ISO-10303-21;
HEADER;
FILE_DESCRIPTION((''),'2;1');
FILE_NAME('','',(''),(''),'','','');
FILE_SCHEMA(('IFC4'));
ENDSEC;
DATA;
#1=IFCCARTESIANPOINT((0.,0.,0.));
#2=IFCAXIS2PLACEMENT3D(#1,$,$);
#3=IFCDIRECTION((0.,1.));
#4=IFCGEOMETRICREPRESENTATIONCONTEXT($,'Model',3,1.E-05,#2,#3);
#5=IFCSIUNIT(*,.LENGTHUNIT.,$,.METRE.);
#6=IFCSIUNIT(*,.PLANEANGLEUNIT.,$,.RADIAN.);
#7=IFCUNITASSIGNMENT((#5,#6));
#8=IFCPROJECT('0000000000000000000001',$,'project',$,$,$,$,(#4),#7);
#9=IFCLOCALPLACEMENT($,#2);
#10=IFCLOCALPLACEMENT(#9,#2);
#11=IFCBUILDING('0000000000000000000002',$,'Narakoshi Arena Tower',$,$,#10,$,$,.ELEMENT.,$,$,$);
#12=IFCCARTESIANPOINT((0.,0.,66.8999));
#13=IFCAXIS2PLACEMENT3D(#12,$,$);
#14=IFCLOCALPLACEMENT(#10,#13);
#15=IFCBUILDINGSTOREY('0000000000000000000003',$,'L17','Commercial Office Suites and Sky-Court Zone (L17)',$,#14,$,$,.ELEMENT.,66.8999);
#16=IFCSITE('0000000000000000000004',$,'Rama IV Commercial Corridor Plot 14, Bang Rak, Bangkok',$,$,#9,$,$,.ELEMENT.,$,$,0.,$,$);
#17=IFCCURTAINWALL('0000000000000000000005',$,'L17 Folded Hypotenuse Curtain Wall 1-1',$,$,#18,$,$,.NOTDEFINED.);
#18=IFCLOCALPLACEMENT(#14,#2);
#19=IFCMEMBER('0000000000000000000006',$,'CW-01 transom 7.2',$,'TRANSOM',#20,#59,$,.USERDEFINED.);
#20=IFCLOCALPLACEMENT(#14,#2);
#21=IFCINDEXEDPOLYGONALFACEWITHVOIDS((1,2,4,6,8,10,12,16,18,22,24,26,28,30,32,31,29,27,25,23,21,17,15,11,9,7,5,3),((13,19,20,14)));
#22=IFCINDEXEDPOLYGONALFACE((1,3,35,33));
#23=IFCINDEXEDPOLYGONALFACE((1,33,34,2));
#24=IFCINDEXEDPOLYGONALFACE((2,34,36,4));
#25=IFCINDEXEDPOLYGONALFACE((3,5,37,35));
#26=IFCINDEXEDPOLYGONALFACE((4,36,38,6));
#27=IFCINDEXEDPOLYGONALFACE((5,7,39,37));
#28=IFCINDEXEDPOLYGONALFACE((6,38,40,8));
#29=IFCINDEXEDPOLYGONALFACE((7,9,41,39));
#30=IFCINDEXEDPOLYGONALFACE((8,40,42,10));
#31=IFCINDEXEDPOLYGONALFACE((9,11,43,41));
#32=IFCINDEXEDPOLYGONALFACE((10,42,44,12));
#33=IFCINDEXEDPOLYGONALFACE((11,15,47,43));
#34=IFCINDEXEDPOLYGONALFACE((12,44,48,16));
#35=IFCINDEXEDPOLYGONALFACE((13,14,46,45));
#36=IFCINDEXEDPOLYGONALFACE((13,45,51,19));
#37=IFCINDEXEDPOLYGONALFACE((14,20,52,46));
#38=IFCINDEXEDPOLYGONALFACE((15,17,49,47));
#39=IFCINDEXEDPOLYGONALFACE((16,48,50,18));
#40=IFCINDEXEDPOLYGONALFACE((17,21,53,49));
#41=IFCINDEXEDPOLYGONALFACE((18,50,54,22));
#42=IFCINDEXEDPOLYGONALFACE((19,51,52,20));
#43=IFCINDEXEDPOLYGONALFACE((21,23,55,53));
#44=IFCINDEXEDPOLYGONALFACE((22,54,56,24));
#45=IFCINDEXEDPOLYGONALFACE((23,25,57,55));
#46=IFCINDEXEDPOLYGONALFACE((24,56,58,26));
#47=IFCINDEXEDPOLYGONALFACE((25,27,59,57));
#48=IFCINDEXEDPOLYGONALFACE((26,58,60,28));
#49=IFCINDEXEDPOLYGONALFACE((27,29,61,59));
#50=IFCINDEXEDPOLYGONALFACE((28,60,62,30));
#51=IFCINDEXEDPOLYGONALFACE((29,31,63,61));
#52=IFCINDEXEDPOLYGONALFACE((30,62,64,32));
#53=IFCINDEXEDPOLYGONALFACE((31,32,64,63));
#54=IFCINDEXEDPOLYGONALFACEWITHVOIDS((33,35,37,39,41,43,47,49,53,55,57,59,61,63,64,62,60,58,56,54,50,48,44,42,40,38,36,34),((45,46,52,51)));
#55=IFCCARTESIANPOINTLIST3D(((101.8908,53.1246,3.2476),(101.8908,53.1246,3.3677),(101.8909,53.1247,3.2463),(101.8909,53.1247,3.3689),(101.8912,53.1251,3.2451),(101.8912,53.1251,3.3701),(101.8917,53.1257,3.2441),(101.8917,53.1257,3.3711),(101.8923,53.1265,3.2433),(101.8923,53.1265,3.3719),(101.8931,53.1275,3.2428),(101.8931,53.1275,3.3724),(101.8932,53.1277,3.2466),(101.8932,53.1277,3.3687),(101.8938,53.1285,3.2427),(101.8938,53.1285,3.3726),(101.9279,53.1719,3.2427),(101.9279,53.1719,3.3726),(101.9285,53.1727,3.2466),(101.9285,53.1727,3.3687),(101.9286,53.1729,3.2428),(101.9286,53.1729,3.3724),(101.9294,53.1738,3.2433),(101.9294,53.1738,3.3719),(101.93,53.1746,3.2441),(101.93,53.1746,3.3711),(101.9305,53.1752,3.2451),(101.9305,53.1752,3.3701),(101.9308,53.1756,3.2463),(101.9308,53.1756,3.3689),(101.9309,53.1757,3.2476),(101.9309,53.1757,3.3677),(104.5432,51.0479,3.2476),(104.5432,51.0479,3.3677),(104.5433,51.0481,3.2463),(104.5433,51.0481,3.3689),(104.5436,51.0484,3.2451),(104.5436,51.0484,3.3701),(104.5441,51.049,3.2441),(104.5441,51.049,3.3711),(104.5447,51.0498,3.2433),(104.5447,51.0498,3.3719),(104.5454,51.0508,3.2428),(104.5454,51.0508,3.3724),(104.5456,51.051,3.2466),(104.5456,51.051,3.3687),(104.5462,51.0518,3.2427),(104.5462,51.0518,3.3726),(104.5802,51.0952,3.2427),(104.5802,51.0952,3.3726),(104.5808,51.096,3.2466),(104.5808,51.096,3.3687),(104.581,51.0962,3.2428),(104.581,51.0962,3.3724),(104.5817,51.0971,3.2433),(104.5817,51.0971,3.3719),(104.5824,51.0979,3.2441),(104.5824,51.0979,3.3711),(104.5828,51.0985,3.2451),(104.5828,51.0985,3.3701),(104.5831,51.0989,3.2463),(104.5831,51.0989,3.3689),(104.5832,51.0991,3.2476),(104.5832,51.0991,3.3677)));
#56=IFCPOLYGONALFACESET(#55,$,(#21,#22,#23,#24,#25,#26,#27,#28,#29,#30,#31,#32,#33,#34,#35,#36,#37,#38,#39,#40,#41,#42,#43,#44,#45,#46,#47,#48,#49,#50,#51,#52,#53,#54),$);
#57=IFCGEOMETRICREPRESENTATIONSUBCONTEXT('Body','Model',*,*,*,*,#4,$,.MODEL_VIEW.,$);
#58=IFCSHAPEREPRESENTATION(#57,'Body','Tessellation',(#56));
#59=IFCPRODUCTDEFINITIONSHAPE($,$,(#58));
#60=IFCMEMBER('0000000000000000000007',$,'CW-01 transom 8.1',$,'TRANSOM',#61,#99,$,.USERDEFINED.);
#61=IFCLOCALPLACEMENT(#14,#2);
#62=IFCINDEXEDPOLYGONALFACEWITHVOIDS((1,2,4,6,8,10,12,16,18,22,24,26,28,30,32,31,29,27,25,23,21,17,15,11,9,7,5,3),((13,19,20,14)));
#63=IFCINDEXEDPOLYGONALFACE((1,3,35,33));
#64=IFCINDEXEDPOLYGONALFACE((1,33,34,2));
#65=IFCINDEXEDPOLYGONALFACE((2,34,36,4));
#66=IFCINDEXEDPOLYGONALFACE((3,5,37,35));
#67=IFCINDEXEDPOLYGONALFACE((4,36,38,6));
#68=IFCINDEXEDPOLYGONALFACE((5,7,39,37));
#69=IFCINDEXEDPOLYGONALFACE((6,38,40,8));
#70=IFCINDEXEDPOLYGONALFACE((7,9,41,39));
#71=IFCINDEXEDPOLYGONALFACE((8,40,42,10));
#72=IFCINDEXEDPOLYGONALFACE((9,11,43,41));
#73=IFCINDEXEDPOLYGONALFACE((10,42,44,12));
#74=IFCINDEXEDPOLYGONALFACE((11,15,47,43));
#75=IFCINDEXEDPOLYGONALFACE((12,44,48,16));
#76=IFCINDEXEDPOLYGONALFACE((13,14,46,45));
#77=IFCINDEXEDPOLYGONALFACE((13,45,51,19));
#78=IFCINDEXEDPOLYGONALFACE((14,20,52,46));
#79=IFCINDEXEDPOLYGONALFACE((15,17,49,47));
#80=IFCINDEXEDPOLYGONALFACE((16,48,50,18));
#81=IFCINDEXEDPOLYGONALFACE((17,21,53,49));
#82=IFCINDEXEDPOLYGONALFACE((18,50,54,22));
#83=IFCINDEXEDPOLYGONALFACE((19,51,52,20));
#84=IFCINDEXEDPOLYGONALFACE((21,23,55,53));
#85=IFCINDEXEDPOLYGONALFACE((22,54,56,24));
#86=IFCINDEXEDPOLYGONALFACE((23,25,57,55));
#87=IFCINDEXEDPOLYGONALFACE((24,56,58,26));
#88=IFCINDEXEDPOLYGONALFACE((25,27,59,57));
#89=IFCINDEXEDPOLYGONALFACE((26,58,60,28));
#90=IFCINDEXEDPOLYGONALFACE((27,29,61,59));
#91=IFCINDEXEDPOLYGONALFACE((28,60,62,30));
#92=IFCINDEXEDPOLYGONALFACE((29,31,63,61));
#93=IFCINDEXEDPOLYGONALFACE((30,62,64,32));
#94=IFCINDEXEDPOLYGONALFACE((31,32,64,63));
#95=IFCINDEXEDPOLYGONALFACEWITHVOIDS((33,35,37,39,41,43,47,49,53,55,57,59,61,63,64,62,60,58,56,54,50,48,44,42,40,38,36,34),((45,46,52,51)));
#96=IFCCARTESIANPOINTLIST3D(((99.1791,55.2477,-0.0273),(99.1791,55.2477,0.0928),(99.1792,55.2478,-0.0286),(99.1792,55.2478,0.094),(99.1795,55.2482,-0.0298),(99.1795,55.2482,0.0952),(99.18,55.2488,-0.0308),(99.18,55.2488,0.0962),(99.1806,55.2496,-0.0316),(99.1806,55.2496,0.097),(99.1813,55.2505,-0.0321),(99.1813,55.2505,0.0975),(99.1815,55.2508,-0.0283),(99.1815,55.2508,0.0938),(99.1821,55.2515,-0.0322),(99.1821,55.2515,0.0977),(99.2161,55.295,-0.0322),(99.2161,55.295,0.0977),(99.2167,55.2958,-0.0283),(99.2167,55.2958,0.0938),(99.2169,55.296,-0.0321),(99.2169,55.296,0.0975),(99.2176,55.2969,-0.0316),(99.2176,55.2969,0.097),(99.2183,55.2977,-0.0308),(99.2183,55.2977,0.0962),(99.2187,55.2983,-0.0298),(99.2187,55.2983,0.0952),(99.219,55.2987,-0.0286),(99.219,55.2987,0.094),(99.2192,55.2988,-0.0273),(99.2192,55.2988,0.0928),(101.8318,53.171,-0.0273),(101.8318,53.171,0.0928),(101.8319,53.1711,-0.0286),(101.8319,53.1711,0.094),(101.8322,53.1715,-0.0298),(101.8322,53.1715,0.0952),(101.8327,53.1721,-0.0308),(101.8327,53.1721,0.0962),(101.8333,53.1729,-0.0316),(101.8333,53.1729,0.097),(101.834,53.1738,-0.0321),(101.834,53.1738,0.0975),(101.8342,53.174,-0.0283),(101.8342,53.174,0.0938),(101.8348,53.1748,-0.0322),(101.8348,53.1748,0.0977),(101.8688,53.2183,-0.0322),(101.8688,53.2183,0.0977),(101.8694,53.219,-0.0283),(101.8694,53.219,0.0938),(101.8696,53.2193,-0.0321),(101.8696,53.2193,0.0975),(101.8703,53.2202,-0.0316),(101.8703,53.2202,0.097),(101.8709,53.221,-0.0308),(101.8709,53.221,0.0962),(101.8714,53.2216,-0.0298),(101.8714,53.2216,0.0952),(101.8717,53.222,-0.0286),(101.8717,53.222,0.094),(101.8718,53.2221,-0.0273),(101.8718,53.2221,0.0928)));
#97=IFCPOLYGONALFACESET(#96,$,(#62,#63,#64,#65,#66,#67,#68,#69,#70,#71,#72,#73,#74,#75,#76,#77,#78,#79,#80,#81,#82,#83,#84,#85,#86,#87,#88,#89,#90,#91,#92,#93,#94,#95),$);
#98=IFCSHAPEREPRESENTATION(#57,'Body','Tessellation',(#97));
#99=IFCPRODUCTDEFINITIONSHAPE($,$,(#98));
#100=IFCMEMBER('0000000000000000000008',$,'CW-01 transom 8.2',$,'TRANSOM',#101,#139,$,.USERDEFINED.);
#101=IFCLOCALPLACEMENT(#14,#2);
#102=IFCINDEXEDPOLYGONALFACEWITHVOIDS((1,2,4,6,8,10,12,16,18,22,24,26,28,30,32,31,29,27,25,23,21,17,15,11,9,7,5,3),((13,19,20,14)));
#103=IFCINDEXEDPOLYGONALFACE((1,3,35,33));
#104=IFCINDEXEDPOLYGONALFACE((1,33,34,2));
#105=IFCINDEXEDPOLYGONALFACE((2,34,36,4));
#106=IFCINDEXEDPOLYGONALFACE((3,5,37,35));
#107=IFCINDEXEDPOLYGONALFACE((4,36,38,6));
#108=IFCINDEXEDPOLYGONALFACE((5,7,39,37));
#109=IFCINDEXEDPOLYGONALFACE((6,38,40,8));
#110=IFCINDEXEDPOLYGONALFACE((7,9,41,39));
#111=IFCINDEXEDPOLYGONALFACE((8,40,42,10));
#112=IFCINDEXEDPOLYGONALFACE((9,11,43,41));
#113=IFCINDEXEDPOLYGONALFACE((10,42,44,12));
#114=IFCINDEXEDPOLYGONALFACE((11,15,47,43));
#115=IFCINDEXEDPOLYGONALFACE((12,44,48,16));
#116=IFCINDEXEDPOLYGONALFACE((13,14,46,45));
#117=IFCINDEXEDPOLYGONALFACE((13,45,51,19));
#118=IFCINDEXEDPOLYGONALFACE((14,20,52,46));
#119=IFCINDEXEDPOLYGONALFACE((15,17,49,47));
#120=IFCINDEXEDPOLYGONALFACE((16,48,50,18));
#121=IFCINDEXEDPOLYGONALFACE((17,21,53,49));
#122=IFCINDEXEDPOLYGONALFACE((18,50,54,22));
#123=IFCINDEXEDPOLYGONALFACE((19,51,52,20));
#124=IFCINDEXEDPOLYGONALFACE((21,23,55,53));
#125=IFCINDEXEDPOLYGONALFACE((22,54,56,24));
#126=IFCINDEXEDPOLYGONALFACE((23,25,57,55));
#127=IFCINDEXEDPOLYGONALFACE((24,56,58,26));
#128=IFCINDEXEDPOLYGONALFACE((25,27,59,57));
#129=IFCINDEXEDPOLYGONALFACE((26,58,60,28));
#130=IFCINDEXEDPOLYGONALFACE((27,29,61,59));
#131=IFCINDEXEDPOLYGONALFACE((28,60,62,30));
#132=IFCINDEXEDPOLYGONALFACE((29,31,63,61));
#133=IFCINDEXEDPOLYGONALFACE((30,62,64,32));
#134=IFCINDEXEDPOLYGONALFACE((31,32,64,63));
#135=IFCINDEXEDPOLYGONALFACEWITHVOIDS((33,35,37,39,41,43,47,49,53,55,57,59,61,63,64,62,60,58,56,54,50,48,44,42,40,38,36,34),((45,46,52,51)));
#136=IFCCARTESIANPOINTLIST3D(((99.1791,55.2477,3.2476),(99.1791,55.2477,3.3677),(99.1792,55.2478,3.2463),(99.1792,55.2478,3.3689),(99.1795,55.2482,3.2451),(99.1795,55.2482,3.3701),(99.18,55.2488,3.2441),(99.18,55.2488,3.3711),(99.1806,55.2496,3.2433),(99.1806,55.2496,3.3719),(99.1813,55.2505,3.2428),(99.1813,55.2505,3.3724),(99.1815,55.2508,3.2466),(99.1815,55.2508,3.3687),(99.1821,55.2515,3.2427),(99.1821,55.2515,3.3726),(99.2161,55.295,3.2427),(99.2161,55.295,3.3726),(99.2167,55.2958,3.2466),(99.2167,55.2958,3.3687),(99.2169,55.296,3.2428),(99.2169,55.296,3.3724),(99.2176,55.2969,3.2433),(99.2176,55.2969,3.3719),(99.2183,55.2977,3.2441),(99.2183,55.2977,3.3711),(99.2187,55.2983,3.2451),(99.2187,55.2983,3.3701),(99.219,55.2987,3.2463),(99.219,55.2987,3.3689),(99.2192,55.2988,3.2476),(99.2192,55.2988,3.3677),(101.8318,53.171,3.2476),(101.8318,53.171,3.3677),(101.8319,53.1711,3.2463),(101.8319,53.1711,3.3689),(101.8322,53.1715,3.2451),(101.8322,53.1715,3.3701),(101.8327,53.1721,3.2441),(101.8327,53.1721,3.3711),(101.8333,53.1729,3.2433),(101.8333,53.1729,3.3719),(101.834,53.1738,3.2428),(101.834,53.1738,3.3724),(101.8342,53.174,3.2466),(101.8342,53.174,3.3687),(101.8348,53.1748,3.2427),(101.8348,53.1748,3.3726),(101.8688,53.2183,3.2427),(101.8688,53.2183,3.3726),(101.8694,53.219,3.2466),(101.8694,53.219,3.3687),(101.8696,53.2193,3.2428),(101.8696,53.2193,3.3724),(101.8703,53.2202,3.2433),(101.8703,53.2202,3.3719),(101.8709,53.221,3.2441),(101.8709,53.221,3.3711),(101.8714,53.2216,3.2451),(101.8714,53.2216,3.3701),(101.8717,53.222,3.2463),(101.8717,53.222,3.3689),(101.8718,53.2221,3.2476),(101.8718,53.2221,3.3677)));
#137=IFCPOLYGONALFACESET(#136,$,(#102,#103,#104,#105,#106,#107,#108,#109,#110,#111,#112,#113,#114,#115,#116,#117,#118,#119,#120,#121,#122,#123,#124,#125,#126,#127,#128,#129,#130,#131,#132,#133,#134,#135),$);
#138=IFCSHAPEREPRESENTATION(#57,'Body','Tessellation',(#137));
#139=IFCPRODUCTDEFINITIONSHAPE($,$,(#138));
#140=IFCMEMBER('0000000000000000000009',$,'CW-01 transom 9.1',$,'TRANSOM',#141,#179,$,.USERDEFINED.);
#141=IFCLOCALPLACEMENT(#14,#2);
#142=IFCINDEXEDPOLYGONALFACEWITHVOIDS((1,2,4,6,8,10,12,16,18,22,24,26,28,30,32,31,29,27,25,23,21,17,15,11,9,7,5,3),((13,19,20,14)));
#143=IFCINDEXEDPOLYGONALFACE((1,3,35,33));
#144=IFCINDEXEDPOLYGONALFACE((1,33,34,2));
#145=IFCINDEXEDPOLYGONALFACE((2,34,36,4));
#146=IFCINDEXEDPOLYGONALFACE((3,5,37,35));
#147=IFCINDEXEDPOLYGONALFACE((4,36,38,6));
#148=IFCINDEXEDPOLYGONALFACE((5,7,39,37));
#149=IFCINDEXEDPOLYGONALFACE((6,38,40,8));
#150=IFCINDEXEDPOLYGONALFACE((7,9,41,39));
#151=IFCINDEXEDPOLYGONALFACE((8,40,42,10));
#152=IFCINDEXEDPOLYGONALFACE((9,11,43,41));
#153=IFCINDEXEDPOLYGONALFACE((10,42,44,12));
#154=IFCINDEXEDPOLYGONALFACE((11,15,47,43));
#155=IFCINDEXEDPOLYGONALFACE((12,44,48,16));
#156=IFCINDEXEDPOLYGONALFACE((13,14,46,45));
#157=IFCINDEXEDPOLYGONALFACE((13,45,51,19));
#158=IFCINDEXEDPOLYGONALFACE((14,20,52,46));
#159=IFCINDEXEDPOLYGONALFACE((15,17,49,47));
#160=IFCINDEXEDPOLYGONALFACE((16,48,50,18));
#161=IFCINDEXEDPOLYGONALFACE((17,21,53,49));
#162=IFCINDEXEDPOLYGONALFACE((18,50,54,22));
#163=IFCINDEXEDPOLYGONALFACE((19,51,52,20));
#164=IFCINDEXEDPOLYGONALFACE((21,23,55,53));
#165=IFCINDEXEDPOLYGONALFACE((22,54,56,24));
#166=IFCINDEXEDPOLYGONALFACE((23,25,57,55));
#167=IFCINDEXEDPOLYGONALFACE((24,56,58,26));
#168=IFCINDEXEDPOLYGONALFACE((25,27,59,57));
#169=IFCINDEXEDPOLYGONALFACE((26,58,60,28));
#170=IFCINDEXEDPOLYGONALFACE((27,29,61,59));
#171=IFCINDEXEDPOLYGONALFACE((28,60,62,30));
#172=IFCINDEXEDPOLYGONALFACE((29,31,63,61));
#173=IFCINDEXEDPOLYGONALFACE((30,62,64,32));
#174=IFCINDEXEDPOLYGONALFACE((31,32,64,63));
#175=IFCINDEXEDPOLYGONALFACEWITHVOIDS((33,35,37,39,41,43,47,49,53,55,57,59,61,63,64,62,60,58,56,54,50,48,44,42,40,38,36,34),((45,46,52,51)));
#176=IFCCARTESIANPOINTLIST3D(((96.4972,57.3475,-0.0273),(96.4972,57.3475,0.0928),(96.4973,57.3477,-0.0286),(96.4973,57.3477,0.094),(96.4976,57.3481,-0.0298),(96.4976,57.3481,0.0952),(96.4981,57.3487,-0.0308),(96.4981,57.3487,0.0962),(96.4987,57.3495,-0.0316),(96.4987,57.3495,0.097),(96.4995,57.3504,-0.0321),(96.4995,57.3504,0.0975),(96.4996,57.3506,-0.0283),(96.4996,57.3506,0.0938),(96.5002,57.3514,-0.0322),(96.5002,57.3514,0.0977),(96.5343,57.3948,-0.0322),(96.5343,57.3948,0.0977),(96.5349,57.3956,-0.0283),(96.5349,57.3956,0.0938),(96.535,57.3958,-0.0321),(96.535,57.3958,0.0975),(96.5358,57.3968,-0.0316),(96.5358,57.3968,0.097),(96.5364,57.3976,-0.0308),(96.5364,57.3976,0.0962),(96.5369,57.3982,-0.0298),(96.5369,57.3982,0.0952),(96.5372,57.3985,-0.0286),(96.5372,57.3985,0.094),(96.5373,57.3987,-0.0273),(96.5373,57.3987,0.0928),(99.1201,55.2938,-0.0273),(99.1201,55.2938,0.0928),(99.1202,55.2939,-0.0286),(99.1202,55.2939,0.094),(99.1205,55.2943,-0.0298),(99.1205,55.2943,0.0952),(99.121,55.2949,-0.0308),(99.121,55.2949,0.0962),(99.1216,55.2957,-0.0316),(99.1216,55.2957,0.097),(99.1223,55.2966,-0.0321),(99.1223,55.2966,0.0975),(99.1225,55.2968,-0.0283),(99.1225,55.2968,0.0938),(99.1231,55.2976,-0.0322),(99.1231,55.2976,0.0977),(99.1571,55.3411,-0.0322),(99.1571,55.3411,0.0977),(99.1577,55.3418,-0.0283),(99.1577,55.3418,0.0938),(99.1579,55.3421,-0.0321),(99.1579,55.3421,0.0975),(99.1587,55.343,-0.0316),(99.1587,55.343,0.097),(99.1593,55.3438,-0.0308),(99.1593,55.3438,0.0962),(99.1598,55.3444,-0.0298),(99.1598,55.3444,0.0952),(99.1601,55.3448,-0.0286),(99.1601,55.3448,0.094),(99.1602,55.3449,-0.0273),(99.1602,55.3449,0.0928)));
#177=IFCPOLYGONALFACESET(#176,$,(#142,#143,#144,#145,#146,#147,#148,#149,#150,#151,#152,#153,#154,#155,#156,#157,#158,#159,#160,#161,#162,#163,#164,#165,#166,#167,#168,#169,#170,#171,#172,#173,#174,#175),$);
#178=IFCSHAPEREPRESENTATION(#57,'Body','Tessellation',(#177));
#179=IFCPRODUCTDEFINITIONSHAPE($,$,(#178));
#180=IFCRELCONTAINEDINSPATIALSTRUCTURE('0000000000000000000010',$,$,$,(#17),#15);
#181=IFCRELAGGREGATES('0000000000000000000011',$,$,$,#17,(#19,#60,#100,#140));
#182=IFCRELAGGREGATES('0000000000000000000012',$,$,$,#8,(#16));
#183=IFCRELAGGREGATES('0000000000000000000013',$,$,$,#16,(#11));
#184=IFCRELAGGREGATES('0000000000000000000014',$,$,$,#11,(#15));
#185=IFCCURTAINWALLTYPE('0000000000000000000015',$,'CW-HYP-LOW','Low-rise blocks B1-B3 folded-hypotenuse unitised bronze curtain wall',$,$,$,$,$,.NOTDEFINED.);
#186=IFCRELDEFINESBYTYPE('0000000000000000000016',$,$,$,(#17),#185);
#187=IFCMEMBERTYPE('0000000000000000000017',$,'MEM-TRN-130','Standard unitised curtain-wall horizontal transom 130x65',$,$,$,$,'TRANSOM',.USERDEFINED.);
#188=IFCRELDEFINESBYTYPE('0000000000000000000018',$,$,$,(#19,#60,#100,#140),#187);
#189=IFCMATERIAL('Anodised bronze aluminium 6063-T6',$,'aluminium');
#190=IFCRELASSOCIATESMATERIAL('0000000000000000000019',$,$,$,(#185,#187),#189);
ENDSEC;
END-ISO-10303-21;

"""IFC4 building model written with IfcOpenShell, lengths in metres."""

from ifc_helpers import new_model, si_unit, direction, frame, origin, origin_2d, place, context, subcontext, project, spatial, hollow_rectangle, extrude, material, material_profile, profile_set, type_object, element, aggregate, save


model = new_model("IFC4")

# Units and contexts
model_context = context("Model", 3, precision=1e-05, world=origin(), true_north=direction((0.0, 1.0)))
body_context = subcontext(model_context, "Body", "Model", "MODEL_VIEW")
ifc_project = project(units=[si_unit("LENGTHUNIT", "METRE"), si_unit("PLANEANGLEUNIT", "RADIAN")], contexts=[model_context])

# Site, building, storey
site_placement = place(None, origin())
site = spatial("IfcSite", under=ifc_project, at=site_placement, Name="Rama IV Commercial Corridor Plot 14, Bang Rak, Bangkok", CompositionType="ELEMENT", RefElevation=0.0)
building_placement = place(site_placement, origin())
building = spatial("IfcBuilding", under=site, at=building_placement, Name="Narakoshi Arena Tower", CompositionType="ELEMENT")
storey_placement = place(building_placement, frame((0.0, 0.0, 66.8999)))
storey = spatial("IfcBuildingStorey", under=building, at=storey_placement, Name="L17", Description="Commercial Office Suites and Sky-Court Zone (L17)", CompositionType="ELEMENT", Elevation=66.8999)

# Curtain wall
ifc_material_1 = material(Name="Anodised bronze aluminium 6063-T6", Category="aluminium")
curtain_wall_type = type_object("IfcCurtainWallType", Name="CW-HYP-LOW", Description="Low-rise blocks B1-B3 folded-hypotenuse unitised bronze curtain wall", PredefinedType="NOTDEFINED", material=ifc_material_1)
curtain_wall_1_placement = place(storey_placement, origin())
curtain_wall_1 = element("IfcCurtainWall", 1, at=curtain_wall_1_placement, inside=storey, type_object=curtain_wall_type, Name="L17 Folded Hypotenuse Curtain Wall 1-1", PredefinedType="NOTDEFINED")

# Members
ifc_material_profile_1 = material_profile(ifc_material_1, hollow_rectangle(XDim=0.0649, YDim=0.1299, WallThickness=0.0039, OuterFilletRadius=0.0049, at=origin_2d()), Name="TRN130x65x4")
ifc_profile_set_1 = profile_set([ifc_material_profile_1], Name="Anodised bronze aluminium 6063-T6")
member_type_1 = type_object("IfcMemberType", Name="MEM-TRN-130", Description="Standard unitised curtain-wall horizontal transom 130x65", ElementType="TRANSOM", PredefinedType="USERDEFINED", material=ifc_profile_set_1)
member_1_placement = place(storey_placement, frame((104.5632, 51.0735, 3.3076), z_axis=(-0.787373, 0.616476, 0.0), x_axis=(-0.616476, -0.787373, 0.0)))
member_1 = element("IfcMember", 2, at=member_1_placement, type_object=member_type_1, Name="CW-01 transom 7.2", ObjectType="TRANSOM", PredefinedType="USERDEFINED", context=body_context, shape_type="SweptSolid", body=[
    extrude(hollow_rectangle(XDim=0.0649, YDim=0.1299, WallThickness=0.0039, OuterFilletRadius=0.0049, at=origin_2d()), origin(), (0.0, 0.0, 1.0), 3.3687),
])
member_2_placement = place(storey_placement, frame((101.8518, 53.1965, 0.0327), z_axis=(-0.787401, 0.616441, 0.0), x_axis=(-0.616441, -0.787401, 0.0)))
member_2 = element("IfcMember", 3, at=member_2_placement, type_object=member_type_1, Name="CW-01 transom 8.1", ObjectType="TRANSOM", PredefinedType="USERDEFINED", context=body_context, shape_type="SweptSolid", body=[
    extrude(hollow_rectangle(XDim=0.0649, YDim=0.1299, WallThickness=0.0039, OuterFilletRadius=0.0049, at=origin_2d()), origin(), (0.0, 0.0, 1.0), 3.3689),
])
member_3_placement = place(storey_placement, frame((101.8518, 53.1965, 3.3076), z_axis=(-0.787401, 0.616441, 0.0), x_axis=(-0.616441, -0.787401, 0.0)))
member_3 = element("IfcMember", 4, at=member_3_placement, type_object=member_type_1, Name="CW-01 transom 8.2", ObjectType="TRANSOM", PredefinedType="USERDEFINED", context=body_context, shape_type="SweptSolid", body=[
    extrude(hollow_rectangle(XDim=0.0649, YDim=0.1299, WallThickness=0.0039, OuterFilletRadius=0.0049, at=origin_2d()), origin(), (0.0, 0.0, 1.0), 3.3689),
])
member_4_placement = place(storey_placement, frame((99.1401, 55.3193, 0.0327), z_axis=(-0.787347, 0.61651, 0.0), x_axis=(-0.61651, -0.787347, 0.0)))
member_4 = element("IfcMember", 5, at=member_4_placement, type_object=member_type_1, Name="CW-01 transom 9.1", ObjectType="TRANSOM", PredefinedType="USERDEFINED", context=body_context, shape_type="SweptSolid", body=[
    extrude(hollow_rectangle(XDim=0.0649, YDim=0.1299, WallThickness=0.0039, OuterFilletRadius=0.0049, at=origin_2d()), origin(), (0.0, 0.0, 1.0), 3.3313),
])

aggregate(curtain_wall_1, [member_1, member_2, member_3, member_4])

save(model, "model.ifc")
